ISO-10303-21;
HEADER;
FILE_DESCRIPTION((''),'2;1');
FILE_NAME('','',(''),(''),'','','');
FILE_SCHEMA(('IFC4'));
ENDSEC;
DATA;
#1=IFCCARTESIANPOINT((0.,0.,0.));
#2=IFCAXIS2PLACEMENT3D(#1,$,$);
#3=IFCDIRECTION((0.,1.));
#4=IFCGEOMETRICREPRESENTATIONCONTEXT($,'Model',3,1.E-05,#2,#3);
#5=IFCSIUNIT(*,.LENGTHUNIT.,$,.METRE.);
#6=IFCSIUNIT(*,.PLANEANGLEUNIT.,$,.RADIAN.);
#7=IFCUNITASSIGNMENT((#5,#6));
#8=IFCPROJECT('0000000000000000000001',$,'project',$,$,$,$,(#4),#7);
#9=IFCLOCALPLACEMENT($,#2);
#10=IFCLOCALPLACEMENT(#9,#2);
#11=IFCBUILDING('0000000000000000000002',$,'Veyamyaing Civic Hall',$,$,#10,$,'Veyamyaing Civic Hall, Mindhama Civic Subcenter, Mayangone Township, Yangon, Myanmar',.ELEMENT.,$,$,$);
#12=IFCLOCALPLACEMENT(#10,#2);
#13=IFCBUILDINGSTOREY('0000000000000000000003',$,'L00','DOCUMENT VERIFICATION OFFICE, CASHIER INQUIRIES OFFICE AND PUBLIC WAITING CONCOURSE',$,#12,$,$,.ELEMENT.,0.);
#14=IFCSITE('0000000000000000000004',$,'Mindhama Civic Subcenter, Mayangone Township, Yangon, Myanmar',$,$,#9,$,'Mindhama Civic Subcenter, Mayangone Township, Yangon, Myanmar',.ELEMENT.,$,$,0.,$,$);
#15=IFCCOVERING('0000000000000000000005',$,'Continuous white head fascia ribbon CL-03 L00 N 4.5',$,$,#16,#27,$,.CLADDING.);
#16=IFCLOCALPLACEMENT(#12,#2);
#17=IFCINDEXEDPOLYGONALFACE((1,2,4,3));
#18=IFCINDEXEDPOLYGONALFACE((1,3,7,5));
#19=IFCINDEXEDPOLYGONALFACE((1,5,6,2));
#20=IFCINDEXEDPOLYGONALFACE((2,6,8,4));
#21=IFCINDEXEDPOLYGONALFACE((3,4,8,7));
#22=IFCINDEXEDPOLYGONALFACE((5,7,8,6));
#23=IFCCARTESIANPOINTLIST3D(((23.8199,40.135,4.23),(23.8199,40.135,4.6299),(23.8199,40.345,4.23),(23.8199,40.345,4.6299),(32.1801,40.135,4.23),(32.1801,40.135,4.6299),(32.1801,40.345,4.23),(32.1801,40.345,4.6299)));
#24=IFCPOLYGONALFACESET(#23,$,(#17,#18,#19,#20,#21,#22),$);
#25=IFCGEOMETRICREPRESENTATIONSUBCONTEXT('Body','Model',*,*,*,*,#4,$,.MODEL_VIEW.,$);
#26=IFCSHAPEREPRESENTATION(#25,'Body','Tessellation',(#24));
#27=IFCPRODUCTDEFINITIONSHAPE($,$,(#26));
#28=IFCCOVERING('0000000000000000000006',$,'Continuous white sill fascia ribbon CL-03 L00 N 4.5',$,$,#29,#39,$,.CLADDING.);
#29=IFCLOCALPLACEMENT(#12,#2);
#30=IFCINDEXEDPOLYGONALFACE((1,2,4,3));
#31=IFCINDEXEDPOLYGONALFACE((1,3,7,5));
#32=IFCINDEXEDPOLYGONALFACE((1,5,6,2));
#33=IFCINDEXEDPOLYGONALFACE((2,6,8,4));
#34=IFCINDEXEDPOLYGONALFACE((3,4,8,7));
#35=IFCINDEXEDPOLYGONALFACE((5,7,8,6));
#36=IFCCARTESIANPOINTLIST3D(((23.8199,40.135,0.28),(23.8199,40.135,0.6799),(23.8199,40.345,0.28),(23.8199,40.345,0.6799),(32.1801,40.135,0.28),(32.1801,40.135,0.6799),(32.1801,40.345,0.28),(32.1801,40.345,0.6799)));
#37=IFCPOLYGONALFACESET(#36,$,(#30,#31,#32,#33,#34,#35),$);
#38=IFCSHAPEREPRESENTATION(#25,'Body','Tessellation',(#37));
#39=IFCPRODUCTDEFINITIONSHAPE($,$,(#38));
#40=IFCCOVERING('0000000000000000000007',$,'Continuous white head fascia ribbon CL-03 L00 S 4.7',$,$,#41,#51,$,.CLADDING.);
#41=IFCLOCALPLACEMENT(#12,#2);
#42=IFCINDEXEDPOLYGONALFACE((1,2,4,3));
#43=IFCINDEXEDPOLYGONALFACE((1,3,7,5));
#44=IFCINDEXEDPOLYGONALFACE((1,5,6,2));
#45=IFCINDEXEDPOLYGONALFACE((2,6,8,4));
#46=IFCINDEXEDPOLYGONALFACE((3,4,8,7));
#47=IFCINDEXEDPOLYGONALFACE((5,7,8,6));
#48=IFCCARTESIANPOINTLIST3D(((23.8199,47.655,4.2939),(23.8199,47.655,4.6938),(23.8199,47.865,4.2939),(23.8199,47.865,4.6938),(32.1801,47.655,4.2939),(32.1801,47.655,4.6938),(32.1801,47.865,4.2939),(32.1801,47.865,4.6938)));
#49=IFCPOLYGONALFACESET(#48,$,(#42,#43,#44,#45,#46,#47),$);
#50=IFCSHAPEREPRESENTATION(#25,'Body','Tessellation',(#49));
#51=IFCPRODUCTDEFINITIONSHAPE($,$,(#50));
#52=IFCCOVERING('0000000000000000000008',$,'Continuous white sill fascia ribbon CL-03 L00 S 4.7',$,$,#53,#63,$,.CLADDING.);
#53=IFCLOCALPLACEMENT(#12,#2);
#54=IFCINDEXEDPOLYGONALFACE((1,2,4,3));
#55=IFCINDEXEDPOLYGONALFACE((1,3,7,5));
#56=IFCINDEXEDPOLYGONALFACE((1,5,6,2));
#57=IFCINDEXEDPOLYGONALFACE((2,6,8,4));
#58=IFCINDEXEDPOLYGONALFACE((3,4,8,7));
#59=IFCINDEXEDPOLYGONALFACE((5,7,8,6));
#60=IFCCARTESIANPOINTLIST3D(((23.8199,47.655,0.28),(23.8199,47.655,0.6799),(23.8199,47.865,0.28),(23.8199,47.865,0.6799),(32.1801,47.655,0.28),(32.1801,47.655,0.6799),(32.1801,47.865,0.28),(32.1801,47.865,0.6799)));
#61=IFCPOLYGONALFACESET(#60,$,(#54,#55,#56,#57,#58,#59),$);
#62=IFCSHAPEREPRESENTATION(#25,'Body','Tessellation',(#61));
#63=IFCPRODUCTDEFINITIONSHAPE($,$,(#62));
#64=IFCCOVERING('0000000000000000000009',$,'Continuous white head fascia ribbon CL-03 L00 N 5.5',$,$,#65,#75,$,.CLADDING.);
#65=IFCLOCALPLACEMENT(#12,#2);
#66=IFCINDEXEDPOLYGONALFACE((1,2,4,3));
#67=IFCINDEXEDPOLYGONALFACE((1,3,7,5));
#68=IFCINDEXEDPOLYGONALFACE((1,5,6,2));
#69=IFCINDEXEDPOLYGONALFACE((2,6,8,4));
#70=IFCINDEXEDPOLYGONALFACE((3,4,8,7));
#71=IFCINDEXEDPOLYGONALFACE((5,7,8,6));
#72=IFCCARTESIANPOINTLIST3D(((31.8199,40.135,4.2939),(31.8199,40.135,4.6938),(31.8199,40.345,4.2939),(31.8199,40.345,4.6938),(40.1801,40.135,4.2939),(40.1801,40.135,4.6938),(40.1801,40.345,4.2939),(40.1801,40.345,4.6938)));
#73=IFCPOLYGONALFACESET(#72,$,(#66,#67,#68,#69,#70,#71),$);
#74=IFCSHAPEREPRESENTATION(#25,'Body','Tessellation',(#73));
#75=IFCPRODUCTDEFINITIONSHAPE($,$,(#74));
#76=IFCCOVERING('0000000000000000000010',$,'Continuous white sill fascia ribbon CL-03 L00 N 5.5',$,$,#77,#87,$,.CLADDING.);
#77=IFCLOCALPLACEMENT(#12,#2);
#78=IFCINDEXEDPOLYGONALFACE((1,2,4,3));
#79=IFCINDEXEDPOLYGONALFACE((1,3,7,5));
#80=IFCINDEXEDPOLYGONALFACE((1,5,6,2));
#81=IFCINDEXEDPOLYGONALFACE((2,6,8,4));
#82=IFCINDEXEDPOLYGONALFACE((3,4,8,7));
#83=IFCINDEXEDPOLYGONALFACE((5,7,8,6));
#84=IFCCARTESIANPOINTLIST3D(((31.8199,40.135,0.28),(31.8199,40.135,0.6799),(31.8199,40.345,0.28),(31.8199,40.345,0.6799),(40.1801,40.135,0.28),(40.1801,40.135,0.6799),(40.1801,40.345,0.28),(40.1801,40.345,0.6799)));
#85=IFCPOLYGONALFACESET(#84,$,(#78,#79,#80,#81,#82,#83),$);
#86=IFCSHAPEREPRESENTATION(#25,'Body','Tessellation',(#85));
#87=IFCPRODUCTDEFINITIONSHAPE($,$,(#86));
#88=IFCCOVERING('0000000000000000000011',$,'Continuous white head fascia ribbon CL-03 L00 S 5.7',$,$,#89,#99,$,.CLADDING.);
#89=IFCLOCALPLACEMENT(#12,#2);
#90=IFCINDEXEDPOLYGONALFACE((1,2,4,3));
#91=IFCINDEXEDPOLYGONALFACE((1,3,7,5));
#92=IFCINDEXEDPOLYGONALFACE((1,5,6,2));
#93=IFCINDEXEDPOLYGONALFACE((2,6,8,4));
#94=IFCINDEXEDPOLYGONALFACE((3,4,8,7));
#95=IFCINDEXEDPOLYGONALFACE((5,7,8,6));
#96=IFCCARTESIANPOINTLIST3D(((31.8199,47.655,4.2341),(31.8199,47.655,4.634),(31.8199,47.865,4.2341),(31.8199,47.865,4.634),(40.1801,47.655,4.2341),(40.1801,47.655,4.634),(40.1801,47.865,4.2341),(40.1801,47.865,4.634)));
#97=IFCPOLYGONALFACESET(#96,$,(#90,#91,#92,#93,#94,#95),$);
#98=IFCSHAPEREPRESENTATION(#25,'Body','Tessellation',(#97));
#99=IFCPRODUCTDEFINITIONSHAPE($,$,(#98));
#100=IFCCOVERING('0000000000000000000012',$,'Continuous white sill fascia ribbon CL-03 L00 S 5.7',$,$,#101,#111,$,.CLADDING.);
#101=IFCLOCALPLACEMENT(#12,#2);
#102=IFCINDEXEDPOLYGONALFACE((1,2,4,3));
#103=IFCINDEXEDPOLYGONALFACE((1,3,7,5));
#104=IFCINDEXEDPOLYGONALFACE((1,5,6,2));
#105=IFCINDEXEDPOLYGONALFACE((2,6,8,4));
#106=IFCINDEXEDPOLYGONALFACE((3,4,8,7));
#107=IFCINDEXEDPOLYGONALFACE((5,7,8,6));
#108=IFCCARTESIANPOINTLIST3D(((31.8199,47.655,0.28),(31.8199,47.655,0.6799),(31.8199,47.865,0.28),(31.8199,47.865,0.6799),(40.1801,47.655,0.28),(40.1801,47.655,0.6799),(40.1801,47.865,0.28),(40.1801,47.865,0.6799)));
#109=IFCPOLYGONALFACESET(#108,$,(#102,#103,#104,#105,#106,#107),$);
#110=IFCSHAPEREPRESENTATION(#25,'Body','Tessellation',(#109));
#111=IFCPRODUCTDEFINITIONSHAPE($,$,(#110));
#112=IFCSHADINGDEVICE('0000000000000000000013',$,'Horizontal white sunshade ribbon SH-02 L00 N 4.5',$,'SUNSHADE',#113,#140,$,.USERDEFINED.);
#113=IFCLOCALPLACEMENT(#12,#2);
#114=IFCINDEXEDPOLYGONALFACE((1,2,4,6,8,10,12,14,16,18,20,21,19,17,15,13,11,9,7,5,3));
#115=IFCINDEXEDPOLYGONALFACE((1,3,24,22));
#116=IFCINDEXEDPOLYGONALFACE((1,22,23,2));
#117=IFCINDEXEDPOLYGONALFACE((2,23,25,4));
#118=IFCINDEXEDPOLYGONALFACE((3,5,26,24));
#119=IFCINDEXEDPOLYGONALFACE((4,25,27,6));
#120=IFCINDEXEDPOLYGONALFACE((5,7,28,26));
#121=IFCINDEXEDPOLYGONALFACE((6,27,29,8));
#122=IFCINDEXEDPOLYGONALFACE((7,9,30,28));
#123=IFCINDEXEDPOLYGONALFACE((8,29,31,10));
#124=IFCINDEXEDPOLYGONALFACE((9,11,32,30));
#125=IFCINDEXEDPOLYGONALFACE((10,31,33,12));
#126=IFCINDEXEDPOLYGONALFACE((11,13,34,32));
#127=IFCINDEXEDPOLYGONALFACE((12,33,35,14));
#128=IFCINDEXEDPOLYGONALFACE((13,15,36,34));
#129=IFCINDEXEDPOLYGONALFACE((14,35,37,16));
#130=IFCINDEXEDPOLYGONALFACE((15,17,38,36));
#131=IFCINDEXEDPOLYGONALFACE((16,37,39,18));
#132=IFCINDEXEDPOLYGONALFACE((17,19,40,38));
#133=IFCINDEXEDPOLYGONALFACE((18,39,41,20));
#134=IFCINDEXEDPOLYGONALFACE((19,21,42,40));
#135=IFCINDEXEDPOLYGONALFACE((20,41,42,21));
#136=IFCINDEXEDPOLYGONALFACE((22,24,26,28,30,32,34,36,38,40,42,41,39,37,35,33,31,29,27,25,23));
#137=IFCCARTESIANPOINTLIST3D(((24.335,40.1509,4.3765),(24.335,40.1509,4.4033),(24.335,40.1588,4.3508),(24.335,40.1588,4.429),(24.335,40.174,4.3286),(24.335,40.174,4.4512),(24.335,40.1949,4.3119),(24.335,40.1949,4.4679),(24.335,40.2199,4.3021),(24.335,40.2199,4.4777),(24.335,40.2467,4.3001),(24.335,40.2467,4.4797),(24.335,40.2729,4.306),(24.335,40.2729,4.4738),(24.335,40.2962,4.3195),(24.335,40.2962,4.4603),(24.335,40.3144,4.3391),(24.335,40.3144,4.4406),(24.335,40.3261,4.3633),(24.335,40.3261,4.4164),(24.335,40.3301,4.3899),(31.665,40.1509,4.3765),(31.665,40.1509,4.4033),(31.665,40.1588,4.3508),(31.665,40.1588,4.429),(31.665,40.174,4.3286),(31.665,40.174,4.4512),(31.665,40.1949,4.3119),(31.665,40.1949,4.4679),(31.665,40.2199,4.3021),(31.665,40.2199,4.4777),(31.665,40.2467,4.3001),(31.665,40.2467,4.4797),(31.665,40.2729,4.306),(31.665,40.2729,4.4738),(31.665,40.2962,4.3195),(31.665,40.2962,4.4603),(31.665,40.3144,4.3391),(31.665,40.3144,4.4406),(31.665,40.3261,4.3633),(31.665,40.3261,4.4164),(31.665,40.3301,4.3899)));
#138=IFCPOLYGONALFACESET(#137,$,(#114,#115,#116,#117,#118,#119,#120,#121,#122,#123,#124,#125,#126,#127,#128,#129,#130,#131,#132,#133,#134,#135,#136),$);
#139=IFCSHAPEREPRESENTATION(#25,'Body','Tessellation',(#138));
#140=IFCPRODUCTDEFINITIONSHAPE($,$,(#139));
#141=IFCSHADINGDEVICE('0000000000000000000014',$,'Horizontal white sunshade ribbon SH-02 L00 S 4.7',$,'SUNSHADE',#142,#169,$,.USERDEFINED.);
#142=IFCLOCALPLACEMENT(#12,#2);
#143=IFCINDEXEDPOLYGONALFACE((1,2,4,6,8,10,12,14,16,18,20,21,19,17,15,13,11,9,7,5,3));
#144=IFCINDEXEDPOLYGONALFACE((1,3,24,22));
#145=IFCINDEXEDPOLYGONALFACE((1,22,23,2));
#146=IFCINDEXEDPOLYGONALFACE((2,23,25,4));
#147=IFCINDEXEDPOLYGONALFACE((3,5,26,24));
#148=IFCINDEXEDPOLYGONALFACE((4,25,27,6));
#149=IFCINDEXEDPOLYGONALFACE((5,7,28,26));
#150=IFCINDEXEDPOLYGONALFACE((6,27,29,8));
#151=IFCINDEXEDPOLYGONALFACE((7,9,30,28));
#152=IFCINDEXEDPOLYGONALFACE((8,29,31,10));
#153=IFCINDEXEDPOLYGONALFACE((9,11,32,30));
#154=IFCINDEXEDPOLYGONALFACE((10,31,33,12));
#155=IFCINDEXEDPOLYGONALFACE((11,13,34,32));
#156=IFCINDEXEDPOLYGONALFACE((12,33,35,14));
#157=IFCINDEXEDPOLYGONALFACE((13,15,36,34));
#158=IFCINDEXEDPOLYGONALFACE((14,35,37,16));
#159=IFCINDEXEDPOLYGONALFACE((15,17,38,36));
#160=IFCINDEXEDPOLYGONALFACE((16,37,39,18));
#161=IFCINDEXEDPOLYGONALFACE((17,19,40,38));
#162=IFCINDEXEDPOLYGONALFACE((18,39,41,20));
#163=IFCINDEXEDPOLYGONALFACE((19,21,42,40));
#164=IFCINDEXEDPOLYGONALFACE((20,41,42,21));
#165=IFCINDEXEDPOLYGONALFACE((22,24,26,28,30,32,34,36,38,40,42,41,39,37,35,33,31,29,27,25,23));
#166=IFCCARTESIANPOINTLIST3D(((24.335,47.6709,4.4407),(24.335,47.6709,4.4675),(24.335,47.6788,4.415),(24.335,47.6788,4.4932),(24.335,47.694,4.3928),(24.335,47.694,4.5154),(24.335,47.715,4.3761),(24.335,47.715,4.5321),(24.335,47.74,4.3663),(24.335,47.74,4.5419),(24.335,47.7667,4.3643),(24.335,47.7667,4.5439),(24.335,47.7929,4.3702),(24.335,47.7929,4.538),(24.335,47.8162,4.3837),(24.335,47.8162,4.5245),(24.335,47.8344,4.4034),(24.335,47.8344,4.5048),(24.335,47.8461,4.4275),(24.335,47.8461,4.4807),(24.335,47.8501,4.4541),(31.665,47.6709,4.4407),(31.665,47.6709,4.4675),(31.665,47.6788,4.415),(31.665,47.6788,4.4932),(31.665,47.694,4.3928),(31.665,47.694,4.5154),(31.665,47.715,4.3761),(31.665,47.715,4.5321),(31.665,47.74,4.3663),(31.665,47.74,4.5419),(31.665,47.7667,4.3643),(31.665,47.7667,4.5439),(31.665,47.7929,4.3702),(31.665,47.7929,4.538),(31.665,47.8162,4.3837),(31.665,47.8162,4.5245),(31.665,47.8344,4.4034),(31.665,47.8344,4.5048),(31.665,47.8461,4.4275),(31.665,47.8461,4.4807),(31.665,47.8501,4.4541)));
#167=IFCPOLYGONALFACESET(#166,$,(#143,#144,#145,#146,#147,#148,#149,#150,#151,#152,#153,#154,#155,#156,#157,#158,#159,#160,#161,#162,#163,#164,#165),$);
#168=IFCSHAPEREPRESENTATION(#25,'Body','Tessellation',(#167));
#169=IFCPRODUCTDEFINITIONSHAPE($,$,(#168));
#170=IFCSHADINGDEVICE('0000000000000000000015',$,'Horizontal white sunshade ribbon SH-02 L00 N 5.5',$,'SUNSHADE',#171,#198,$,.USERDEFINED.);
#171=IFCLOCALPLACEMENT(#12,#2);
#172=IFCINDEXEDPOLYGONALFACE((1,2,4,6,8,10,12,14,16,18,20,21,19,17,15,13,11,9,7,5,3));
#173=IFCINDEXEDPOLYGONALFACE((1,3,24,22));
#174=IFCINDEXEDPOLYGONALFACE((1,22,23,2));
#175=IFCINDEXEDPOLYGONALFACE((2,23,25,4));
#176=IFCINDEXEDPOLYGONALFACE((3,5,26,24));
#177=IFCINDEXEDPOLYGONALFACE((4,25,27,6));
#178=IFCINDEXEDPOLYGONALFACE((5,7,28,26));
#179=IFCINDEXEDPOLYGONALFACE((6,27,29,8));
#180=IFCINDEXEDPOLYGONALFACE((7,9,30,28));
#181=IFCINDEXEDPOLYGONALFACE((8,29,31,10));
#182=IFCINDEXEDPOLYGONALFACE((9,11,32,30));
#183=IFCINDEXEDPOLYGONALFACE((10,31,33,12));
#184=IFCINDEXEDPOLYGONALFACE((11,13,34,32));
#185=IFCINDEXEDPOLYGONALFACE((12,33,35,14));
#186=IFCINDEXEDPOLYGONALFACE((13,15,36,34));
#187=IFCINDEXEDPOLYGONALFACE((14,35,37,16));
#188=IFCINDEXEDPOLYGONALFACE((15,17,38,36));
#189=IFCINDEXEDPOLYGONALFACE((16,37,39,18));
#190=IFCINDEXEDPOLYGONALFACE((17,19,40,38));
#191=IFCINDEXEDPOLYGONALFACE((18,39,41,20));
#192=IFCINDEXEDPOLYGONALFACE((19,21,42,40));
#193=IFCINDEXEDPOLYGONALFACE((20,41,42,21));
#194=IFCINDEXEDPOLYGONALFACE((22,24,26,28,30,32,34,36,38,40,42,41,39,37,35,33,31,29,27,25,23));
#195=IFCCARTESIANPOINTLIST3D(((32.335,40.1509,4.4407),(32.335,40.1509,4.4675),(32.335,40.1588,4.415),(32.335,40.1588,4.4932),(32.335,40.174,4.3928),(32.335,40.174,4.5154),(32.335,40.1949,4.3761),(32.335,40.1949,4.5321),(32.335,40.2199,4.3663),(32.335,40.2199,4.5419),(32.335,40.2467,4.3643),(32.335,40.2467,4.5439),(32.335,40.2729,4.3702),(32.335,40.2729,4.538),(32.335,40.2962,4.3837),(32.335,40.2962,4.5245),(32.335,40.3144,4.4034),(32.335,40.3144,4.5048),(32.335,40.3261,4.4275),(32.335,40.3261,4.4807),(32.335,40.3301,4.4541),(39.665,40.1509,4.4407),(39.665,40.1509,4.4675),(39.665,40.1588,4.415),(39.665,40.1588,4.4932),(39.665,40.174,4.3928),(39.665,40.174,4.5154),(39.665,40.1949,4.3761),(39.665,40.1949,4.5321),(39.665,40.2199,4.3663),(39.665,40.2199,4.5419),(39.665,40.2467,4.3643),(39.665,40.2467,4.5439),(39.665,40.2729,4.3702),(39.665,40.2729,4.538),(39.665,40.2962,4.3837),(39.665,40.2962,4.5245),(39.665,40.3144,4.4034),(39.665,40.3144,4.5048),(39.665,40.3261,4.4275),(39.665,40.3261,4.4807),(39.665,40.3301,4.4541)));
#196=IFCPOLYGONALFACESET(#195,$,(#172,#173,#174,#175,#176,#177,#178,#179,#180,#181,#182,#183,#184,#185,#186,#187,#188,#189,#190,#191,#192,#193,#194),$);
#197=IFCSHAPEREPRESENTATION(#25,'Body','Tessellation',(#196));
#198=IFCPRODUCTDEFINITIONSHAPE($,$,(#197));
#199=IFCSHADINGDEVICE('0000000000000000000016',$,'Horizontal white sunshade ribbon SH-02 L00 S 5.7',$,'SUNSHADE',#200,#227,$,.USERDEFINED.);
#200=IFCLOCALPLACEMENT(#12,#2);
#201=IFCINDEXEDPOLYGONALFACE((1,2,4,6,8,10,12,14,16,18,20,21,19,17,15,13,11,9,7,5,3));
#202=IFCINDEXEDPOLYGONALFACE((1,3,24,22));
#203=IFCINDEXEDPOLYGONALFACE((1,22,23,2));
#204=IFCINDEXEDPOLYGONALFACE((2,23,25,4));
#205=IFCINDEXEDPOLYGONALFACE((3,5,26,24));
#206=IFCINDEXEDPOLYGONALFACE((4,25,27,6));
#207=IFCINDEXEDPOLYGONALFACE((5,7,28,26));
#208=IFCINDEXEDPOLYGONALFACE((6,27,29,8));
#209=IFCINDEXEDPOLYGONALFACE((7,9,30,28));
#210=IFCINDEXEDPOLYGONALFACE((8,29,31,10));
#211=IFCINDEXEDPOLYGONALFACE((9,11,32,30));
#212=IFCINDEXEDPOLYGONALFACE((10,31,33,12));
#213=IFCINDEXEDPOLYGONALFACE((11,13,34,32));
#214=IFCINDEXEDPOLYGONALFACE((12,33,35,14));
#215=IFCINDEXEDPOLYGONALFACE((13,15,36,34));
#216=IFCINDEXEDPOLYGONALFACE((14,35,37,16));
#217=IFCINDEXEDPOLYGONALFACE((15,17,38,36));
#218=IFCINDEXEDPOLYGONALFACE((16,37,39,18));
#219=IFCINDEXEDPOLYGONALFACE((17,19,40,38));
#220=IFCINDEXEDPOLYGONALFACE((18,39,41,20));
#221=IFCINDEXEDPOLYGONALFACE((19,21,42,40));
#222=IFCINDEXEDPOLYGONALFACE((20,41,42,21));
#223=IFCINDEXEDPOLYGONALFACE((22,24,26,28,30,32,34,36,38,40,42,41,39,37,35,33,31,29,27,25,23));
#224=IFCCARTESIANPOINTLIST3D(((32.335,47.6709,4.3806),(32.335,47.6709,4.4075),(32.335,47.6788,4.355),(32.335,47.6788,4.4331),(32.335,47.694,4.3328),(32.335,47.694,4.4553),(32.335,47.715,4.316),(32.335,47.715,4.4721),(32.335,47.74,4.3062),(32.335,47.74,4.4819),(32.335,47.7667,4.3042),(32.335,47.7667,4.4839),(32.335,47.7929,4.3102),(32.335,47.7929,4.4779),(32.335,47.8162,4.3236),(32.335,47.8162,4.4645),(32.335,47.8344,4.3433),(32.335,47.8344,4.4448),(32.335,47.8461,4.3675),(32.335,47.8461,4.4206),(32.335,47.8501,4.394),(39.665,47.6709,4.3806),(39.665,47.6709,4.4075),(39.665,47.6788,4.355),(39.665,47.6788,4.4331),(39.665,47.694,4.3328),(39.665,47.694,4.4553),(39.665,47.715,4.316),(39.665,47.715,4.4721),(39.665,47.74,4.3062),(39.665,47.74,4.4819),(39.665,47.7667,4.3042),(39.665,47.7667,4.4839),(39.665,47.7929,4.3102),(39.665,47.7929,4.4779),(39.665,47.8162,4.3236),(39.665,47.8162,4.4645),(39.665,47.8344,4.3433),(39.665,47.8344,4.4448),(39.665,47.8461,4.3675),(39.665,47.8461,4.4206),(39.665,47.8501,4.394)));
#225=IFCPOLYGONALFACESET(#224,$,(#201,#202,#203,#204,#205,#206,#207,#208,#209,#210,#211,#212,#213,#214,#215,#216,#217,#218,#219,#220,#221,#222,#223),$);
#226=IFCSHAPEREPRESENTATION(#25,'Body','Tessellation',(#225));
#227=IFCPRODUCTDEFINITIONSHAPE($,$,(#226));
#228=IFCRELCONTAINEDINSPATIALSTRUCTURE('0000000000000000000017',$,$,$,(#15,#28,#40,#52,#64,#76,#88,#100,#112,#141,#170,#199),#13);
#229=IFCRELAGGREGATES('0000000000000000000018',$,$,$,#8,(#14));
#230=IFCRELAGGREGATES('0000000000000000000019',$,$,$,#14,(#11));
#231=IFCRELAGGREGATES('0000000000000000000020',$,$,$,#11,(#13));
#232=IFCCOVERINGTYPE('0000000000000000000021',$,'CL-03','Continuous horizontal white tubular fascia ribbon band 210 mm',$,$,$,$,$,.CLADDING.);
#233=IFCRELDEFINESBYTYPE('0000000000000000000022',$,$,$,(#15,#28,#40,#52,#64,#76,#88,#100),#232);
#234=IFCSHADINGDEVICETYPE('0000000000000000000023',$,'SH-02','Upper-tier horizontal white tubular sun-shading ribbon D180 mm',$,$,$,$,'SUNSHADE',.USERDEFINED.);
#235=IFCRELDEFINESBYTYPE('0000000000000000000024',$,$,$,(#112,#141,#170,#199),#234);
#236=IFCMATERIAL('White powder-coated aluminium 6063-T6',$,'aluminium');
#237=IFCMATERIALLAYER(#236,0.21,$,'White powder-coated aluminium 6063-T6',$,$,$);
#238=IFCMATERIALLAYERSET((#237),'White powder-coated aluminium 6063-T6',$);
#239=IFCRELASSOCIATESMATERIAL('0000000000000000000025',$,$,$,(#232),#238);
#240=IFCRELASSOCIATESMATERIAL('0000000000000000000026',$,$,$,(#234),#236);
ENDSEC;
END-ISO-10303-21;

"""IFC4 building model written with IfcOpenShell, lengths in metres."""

from ifc_helpers import new_model, si_unit, direction, frame, origin, origin_2d, place, context, subcontext, project, spatial, rectangle, circle, extrude, material, layer, layer_set, material_profile, profile_set, type_object, element, save


model = new_model("IFC4")

# Units and contexts
model_context = context("Model", 3, precision=1e-05, world=origin(), true_north=direction((0.0, 1.0)))
body_context = subcontext(model_context, "Body", "Model", "MODEL_VIEW")
ifc_project = project(units=[si_unit("LENGTHUNIT", "METRE"), si_unit("PLANEANGLEUNIT", "RADIAN")], contexts=[model_context])

# Site, building, storey
site_placement = place(None, origin())
site = spatial("IfcSite", under=ifc_project, at=site_placement, Name="Mindhama Civic Subcenter, Mayangone Township, Yangon, Myanmar", LongName="Mindhama Civic Subcenter, Mayangone Township, Yangon, Myanmar", CompositionType="ELEMENT", RefElevation=0.0)
building_placement = place(site_placement, origin())
building = spatial("IfcBuilding", under=site, at=building_placement, Name="Veyamyaing Civic Hall", LongName="Veyamyaing Civic Hall, Mindhama Civic Subcenter, Mayangone Township, Yangon, Myanmar", CompositionType="ELEMENT")
storey_placement = place(building_placement, origin())
storey = spatial("IfcBuildingStorey", under=building, at=storey_placement, Name="L00", Description="DOCUMENT VERIFICATION OFFICE, CASHIER INQUIRIES OFFICE AND PUBLIC WAITING CONCOURSE", CompositionType="ELEMENT", Elevation=0.0)

# Coverings
ifc_material_1 = material(Name="White powder-coated aluminium 6063-T6", Category="aluminium")
ifc_layer_1 = layer(ifc_material_1, 0.21, Name="White powder-coated aluminium 6063-T6")
ifc_layer_set_1 = layer_set([ifc_layer_1], Name="White powder-coated aluminium 6063-T6")
covering_type_1 = type_object("IfcCoveringType", Name="CL-03", Description="Continuous horizontal white tubular fascia ribbon band 210 mm", PredefinedType="CLADDING", material=ifc_layer_set_1)
for number, where, z_axis, x_axis, name in (
    (1, (28.0, 40.24, 4.23), (0.0, 0.0, 1.0), (1.0, 0.0, 0.0), "Continuous white head fascia ribbon CL-03 L00 N 4.5"),
    (2, (28.0, 40.24, 0.28), (0.0, 0.0, 1.0), (1.0, 0.0, 0.0), "Continuous white sill fascia ribbon CL-03 L00 N 4.5"),
    (3, (28.0, 47.76, 4.2939), (0.0, 0.0, 1.0), (1.0, 0.0, 0.0), "Continuous white head fascia ribbon CL-03 L00 S 4.7"),
    (4, (28.0, 47.76, 0.28), (0.0, 0.0, 1.0), (1.0, 0.0, 0.0), "Continuous white sill fascia ribbon CL-03 L00 S 4.7"),
    (5, (36.0, 40.24, 4.2939), (0.0, 0.0, 1.0), (1.0, 0.0, 0.0), "Continuous white head fascia ribbon CL-03 L00 N 5.5"),
    (6, (36.0, 40.24, 0.28), (0.0, 0.0, 1.0), (1.0, 0.0, 0.0), "Continuous white sill fascia ribbon CL-03 L00 N 5.5"),
    (7, (36.0, 47.76, 4.2341), (0.0, 0.0, 1.0), (1.0, 0.0, 0.0), "Continuous white head fascia ribbon CL-03 L00 S 5.7"),
    (8, (36.0, 47.76, 0.28), (0.0, 0.0, 1.0), (1.0, 0.0, 0.0), "Continuous white sill fascia ribbon CL-03 L00 S 5.7"),
):
    element("IfcCovering", number, at=place(storey_placement, frame(where, z_axis=z_axis, x_axis=x_axis)), inside=storey, type_object=covering_type_1, Name=name, PredefinedType="CLADDING", context=body_context, shape_type="SweptSolid", body=[
        extrude(rectangle(XDim=8.3601, YDim=0.21, at=origin_2d()), origin(), (0.0, 0.0, 1.0), 0.3999),
    ])

# Shading devices
ifc_material_profile_1 = material_profile(ifc_material_1, circle(Radius=0.0901, at=origin_2d()), Name="SHADE-TUBE-180")
ifc_profile_set_1 = profile_set([ifc_material_profile_1], Name="White powder-coated aluminium 6063-T6")
shading_device_type = type_object("IfcShadingDeviceType", Name="SH-02", Description="Upper-tier horizontal white tubular sun-shading ribbon D180 mm", ElementType="SUNSHADE", PredefinedType="USERDEFINED", material=ifc_profile_set_1)
for number, where, z_axis, x_axis, name in (
    (9, (24.335, 40.24, 4.3899), (1.0, 0.0, 0.0), (0.0, 1.0, 0.0), "Horizontal white sunshade ribbon SH-02 L00 N 4.5"),
    (10, (24.335, 47.76, 4.4541), (1.0, 0.0, 0.0), (0.0, 1.0, 0.0), "Horizontal white sunshade ribbon SH-02 L00 S 4.7"),
    (11, (32.335, 40.24, 4.4541), (1.0, 0.0, 0.0), (0.0, 1.0, 0.0), "Horizontal white sunshade ribbon SH-02 L00 N 5.5"),
    (12, (32.335, 47.76, 4.394), (1.0, 0.0, 0.0), (0.0, 1.0, 0.0), "Horizontal white sunshade ribbon SH-02 L00 S 5.7"),
):
    element("IfcShadingDevice", number, at=place(storey_placement, frame(where, z_axis=z_axis, x_axis=x_axis)), inside=storey, type_object=shading_device_type, Name=name, ObjectType="SUNSHADE", PredefinedType="USERDEFINED", context=body_context, shape_type="SweptSolid", body=[
        extrude(circle(Radius=0.0901, at=origin_2d()), origin(), (0.0, 0.0, 1.0), 7.3301),
    ])

save(model, "model.ifc")
